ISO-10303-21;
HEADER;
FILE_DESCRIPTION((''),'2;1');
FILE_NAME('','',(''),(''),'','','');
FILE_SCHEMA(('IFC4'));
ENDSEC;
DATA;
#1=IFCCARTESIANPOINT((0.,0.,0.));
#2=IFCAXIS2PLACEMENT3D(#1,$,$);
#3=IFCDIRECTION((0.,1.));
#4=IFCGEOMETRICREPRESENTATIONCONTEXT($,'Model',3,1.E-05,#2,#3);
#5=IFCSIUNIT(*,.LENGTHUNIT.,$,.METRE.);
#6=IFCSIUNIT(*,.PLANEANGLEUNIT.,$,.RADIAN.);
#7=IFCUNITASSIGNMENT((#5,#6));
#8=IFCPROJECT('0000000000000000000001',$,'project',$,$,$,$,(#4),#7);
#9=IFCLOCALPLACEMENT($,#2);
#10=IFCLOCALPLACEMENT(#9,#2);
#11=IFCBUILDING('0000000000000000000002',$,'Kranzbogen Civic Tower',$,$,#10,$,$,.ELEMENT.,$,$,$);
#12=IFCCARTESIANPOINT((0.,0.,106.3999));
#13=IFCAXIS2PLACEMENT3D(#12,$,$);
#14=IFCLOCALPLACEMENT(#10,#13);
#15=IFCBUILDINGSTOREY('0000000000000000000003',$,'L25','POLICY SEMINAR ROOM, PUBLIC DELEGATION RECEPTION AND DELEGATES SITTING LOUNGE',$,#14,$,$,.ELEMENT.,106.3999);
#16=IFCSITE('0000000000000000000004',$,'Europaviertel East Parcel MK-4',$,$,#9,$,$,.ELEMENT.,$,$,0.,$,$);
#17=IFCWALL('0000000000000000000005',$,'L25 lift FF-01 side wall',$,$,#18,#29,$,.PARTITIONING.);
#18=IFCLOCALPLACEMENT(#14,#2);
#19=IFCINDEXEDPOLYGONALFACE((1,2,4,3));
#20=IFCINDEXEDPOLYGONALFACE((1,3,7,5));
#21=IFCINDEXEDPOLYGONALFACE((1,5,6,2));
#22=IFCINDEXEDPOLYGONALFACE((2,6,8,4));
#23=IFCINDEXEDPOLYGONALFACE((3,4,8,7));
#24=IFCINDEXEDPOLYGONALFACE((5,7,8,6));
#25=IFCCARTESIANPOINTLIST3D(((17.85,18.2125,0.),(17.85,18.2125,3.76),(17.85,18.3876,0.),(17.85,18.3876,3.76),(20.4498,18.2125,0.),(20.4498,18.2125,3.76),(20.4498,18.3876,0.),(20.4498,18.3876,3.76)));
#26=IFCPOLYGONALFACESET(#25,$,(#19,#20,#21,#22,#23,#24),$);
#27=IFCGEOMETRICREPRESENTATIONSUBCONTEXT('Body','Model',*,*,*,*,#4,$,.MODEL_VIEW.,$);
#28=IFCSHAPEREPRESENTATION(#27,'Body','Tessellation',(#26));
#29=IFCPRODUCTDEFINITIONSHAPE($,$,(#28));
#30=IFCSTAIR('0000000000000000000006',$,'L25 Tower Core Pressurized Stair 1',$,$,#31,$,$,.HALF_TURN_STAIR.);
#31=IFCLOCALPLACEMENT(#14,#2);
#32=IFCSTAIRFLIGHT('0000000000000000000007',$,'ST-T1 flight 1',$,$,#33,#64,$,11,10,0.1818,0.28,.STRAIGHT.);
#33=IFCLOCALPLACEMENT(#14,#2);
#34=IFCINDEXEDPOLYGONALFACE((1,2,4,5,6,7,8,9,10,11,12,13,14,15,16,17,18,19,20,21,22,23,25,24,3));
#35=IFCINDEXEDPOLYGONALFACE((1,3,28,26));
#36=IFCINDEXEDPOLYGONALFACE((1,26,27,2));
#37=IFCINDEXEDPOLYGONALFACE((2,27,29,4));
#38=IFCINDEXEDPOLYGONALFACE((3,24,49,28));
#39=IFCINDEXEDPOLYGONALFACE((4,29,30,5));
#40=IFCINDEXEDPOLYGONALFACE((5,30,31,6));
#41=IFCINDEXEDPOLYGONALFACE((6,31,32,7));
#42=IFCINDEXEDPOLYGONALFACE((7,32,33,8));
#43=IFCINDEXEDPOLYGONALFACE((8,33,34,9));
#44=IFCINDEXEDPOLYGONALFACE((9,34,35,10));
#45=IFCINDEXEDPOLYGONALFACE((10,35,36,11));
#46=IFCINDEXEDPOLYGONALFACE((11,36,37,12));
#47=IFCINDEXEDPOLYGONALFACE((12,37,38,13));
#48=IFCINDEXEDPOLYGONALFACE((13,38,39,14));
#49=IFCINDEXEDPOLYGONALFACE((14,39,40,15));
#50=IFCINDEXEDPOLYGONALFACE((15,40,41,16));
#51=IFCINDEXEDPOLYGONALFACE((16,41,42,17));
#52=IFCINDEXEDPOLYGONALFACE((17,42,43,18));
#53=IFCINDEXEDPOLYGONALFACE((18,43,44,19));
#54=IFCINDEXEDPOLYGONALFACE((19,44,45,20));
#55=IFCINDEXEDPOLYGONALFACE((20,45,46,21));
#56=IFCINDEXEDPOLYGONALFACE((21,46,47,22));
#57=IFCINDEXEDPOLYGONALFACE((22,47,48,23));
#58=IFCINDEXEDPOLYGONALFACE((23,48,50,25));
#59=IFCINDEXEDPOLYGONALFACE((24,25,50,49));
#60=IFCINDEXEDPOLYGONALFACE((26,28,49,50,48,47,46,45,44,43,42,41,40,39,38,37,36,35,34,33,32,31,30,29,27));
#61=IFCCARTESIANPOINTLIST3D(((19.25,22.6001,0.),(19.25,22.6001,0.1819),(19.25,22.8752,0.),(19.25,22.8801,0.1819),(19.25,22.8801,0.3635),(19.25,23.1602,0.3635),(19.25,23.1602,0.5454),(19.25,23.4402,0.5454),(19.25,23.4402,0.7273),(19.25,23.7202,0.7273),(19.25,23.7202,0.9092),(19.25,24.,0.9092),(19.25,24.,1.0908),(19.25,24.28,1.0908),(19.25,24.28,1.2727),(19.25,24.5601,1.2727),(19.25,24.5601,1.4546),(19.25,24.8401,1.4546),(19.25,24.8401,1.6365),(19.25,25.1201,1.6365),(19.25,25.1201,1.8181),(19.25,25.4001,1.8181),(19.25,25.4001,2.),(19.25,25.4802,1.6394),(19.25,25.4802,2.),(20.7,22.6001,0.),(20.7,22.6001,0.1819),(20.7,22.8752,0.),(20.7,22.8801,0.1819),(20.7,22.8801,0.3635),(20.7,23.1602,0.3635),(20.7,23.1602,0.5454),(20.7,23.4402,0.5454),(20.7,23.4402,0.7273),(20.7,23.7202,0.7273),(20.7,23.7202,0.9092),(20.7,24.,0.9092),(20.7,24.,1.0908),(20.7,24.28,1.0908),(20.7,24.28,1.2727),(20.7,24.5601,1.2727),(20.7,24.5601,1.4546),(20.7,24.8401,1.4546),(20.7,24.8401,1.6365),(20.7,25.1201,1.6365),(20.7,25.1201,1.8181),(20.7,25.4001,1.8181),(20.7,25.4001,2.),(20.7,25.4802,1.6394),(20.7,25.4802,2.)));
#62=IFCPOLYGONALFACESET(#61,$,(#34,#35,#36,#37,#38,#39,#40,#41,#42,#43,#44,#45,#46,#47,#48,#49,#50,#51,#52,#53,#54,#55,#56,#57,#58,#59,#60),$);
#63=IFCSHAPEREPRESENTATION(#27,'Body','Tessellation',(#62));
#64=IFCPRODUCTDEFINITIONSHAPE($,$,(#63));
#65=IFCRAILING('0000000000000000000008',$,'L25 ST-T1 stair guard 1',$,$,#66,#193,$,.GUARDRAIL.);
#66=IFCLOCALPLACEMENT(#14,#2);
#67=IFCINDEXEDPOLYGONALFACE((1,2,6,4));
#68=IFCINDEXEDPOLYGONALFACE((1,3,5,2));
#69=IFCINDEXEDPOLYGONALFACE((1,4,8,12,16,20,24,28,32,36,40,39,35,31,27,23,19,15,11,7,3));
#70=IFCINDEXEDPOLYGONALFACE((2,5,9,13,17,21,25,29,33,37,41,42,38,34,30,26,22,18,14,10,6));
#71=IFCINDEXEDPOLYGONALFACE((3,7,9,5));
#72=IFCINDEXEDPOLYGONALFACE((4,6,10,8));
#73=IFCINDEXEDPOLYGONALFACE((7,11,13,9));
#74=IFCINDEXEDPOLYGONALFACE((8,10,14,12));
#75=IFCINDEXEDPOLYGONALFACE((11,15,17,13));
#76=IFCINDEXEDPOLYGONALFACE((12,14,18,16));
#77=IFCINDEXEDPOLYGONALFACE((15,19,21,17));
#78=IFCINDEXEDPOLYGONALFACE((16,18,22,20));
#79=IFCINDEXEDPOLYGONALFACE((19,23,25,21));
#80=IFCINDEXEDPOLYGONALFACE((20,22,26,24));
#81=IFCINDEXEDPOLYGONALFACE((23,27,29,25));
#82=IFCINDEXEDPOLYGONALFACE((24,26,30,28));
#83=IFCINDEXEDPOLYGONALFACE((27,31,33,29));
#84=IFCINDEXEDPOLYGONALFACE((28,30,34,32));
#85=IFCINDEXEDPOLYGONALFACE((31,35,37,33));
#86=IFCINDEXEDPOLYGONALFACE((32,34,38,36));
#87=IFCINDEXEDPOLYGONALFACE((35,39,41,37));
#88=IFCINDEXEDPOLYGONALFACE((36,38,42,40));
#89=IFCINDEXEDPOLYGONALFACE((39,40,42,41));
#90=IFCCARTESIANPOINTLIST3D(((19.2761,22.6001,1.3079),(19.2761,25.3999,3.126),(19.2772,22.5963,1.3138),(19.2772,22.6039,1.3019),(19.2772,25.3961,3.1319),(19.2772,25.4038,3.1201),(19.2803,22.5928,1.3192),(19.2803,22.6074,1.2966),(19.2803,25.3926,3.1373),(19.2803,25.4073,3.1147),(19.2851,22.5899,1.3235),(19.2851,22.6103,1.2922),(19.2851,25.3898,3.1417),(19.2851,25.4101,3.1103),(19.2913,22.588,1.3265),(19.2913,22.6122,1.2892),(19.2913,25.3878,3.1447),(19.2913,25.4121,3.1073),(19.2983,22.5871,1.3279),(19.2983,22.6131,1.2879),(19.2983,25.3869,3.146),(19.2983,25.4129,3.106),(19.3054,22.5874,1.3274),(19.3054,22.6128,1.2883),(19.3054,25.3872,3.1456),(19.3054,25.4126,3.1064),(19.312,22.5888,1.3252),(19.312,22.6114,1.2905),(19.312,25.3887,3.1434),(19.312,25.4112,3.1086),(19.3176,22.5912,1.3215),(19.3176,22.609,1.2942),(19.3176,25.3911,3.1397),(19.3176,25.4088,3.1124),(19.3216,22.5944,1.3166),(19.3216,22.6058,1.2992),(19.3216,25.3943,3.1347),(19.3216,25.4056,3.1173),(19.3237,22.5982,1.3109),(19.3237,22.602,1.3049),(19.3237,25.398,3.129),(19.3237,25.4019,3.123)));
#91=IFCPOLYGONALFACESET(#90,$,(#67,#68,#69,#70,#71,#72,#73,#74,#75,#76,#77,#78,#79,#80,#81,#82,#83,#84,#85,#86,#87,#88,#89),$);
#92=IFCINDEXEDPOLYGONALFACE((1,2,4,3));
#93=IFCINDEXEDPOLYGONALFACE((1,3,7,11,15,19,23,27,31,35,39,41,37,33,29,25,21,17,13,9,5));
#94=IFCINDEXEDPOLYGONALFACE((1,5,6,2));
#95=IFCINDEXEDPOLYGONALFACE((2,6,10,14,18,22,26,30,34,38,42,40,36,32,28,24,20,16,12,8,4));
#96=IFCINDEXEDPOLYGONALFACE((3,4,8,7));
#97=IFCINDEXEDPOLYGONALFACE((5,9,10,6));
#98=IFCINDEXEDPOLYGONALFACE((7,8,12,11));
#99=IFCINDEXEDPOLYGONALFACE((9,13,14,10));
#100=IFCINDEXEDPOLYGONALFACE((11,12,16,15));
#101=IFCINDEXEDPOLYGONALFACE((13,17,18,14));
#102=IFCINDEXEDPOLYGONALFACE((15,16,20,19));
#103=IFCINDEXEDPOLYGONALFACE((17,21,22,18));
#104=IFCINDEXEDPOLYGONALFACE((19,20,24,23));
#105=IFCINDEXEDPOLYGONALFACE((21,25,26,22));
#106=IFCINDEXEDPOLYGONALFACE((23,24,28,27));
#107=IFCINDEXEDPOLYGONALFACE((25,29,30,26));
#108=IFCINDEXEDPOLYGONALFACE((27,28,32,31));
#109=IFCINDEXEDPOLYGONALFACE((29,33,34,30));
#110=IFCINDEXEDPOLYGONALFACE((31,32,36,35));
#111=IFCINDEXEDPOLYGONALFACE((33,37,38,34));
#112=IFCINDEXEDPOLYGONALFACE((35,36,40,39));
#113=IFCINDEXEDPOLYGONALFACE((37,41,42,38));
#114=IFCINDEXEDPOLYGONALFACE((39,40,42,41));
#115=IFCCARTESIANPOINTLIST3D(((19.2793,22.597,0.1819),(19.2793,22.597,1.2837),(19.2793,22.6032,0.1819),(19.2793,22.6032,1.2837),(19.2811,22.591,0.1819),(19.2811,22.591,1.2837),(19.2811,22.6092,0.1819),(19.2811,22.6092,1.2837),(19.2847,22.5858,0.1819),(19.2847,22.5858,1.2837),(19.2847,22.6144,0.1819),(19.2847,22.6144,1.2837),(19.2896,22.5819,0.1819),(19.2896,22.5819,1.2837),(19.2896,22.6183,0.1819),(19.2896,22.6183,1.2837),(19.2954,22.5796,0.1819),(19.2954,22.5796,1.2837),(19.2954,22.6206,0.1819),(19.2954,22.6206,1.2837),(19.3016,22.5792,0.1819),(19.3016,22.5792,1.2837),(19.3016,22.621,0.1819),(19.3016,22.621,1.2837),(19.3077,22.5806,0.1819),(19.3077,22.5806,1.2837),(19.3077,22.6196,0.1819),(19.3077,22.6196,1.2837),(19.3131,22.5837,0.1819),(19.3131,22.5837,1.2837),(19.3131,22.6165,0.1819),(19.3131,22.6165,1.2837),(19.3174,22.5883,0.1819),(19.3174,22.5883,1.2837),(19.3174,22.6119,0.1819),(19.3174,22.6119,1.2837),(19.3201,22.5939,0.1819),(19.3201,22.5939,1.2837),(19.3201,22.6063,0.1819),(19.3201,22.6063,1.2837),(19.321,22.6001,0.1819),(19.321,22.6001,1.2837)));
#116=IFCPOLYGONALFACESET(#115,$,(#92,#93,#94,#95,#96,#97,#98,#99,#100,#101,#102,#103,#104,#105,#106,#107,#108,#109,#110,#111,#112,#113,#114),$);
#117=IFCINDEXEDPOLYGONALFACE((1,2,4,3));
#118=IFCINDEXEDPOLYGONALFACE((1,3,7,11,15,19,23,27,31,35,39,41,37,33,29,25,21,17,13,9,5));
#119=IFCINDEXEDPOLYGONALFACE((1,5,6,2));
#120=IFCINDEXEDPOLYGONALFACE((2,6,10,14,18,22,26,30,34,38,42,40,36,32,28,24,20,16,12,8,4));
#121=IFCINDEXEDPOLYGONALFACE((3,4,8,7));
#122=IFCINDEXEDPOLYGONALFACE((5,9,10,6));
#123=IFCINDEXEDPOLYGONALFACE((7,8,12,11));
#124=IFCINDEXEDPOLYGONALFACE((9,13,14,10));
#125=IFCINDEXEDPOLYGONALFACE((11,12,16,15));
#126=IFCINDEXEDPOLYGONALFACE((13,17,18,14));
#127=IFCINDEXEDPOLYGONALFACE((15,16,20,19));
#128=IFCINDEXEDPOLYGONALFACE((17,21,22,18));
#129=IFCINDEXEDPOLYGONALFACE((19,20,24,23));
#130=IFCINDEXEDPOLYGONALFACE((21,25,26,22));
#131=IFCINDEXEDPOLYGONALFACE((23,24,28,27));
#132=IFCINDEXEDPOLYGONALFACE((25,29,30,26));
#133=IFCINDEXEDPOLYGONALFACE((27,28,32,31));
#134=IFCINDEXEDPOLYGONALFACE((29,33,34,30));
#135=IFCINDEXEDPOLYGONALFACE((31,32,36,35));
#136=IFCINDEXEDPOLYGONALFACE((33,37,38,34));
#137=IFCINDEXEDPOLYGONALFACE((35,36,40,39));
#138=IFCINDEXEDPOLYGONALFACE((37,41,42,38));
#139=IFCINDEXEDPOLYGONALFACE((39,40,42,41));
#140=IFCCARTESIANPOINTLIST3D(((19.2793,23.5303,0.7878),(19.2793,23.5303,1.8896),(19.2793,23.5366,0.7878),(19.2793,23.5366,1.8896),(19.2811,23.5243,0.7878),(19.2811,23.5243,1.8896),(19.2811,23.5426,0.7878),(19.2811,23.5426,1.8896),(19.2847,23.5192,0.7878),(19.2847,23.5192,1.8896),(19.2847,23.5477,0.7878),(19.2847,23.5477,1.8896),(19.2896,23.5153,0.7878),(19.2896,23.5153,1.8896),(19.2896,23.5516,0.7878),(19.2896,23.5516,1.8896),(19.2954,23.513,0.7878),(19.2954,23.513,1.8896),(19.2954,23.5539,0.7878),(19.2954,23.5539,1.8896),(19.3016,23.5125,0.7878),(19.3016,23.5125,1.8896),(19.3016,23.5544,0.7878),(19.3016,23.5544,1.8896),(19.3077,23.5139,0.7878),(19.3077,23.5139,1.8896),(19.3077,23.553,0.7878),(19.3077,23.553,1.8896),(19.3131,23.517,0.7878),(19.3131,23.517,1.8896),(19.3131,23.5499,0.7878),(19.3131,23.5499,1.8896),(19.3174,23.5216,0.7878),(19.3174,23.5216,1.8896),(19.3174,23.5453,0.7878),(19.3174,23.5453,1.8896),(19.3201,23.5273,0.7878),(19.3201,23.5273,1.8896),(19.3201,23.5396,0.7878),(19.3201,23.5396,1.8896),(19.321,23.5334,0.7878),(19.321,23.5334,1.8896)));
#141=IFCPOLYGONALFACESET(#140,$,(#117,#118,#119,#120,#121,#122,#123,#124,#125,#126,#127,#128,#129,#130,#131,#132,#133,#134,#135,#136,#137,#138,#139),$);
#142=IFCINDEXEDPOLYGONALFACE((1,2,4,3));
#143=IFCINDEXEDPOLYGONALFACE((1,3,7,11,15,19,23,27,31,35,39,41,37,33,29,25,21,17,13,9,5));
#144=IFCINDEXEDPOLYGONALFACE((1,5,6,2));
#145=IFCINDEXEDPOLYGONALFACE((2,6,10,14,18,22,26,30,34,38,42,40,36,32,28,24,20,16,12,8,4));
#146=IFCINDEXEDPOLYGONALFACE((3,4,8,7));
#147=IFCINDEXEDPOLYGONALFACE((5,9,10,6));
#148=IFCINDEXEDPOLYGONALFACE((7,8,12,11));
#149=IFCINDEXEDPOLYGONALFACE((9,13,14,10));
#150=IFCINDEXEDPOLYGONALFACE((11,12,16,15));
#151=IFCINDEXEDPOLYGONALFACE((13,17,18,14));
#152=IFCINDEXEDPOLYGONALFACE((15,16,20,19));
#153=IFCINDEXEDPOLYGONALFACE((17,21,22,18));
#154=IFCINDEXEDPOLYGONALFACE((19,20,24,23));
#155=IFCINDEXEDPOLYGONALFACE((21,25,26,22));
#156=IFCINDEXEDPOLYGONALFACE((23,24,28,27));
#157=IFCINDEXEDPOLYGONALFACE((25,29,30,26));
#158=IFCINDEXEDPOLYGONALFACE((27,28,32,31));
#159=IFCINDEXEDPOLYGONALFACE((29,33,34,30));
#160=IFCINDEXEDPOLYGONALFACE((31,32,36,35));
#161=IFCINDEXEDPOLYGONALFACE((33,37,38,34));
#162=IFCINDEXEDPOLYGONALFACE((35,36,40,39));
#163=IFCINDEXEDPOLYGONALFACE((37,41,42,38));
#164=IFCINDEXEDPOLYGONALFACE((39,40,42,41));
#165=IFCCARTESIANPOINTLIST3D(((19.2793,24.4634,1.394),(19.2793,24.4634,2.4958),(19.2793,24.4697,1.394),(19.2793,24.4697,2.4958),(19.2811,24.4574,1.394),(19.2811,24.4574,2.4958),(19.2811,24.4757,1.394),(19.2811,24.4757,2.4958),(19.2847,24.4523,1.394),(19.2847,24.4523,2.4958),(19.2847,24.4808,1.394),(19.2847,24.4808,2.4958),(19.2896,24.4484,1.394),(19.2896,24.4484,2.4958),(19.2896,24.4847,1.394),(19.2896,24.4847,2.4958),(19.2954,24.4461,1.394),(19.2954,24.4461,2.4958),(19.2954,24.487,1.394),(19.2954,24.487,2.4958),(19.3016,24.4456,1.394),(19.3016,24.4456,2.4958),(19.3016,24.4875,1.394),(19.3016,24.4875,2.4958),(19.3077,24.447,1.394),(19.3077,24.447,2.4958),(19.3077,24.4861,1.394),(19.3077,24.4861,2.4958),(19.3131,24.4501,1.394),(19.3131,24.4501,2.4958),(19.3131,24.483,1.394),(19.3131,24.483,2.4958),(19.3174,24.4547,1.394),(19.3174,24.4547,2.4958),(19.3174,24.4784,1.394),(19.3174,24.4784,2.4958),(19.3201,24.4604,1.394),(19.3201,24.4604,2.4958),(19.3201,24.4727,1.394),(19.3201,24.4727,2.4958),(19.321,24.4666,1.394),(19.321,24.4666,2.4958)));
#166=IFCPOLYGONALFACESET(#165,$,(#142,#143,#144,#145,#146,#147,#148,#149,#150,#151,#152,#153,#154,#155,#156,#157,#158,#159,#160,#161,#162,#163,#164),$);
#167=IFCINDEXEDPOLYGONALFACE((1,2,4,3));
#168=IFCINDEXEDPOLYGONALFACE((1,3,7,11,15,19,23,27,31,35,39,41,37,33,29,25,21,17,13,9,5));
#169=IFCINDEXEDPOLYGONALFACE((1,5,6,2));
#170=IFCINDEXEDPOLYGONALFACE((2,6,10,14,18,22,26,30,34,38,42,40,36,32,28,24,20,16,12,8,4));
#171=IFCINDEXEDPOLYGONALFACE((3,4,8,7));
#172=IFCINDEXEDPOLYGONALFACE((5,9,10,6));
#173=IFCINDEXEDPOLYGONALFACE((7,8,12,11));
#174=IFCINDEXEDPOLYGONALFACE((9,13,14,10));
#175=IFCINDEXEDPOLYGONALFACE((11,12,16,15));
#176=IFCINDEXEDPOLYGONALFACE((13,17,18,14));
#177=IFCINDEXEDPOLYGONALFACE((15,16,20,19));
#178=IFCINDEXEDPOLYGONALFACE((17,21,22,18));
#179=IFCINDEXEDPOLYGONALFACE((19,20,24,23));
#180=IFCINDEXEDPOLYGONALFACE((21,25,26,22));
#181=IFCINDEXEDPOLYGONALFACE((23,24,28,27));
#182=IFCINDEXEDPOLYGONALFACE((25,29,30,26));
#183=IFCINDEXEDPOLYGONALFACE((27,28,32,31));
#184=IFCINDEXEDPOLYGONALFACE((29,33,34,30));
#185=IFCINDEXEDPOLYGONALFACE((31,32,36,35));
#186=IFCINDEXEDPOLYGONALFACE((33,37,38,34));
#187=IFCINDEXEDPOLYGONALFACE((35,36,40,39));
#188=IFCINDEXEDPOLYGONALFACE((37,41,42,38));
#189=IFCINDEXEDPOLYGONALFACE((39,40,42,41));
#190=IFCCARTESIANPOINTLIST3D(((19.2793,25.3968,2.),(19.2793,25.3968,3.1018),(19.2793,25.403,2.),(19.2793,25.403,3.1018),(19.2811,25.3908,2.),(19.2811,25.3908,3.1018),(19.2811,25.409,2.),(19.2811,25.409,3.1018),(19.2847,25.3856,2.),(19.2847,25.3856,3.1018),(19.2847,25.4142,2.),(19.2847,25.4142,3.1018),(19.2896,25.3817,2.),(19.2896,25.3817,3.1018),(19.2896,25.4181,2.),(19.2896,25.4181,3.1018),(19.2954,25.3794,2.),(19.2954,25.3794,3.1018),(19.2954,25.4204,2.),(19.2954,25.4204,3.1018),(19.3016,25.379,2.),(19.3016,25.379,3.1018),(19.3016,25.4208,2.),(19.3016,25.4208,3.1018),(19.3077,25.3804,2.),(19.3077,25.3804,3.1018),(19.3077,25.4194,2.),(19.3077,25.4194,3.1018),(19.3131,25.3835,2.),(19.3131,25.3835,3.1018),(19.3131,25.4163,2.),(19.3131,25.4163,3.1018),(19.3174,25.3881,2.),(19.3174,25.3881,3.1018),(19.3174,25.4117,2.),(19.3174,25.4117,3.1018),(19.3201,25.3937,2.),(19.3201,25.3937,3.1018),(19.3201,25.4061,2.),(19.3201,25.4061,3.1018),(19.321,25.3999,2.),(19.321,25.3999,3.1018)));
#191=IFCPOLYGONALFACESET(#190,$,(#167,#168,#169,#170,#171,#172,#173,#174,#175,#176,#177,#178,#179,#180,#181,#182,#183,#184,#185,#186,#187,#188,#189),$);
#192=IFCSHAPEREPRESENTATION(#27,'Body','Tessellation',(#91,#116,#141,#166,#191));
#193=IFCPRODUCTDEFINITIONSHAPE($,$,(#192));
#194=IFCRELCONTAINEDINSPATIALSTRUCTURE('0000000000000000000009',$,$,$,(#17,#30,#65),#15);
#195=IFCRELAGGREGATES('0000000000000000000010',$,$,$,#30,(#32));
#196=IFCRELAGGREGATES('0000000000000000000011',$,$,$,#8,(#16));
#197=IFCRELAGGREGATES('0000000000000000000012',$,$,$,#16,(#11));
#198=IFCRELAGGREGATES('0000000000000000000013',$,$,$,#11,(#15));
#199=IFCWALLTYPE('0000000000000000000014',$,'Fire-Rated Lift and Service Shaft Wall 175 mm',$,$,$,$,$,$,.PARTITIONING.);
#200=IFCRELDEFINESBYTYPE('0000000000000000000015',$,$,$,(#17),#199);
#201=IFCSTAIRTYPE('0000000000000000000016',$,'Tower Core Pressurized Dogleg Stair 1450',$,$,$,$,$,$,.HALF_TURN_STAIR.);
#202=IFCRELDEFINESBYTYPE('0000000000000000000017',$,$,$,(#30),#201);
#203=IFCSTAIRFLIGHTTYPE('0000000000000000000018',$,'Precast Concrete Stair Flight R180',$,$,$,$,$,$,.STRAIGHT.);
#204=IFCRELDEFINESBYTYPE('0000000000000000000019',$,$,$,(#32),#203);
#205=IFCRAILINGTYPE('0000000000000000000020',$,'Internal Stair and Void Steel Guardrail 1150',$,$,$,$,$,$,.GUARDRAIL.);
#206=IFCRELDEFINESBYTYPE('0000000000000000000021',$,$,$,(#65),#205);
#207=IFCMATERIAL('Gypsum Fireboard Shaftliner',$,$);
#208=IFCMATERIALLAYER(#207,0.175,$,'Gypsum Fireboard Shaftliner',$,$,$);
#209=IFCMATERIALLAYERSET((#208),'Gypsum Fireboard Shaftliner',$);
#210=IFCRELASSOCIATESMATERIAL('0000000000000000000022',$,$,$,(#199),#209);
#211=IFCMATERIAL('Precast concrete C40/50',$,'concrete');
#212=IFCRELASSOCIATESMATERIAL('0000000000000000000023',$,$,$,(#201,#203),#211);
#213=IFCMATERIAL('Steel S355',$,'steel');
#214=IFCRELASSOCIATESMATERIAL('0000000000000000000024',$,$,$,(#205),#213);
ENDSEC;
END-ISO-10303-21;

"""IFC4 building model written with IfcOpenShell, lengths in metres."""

from ifc_helpers import new_model, si_unit, direction, frame, frame_2d, origin, origin_2d, place, context, subcontext, project, spatial, polyline, rectangle, circle, outline, extrude, material, layer, layer_set, type_object, element, aggregate, save


model = new_model("IFC4")

# Units and contexts
model_context = context("Model", 3, precision=1e-05, world=origin(), true_north=direction((0.0, 1.0)))
body_context = subcontext(model_context, "Body", "Model", "MODEL_VIEW")
ifc_project = project(units=[si_unit("LENGTHUNIT", "METRE"), si_unit("PLANEANGLEUNIT", "RADIAN")], contexts=[model_context])

# Site, building, storey
site_placement = place(None, origin())
site = spatial("IfcSite", under=ifc_project, at=site_placement, Name="Europaviertel East Parcel MK-4", CompositionType="ELEMENT", RefElevation=0.0)
building_placement = place(site_placement, origin())
building = spatial("IfcBuilding", under=site, at=building_placement, Name="Kranzbogen Civic Tower", CompositionType="ELEMENT")
storey_placement = place(building_placement, frame((0.0, 0.0, 106.3999)))
storey = spatial("IfcBuildingStorey", under=building, at=storey_placement, Name="L25", Description="POLICY SEMINAR ROOM, PUBLIC DELEGATION RECEPTION AND DELEGATES SITTING LOUNGE", CompositionType="ELEMENT", Elevation=106.3999)

# Shared definitions
ifc_material_1 = material(Name="Steel S355", Category="steel")

# Shared definitions
ifc_material_2 = material(Name="Gypsum Fireboard Shaftliner")
ifc_layer_1 = layer(ifc_material_2, 0.175, Name="Gypsum Fireboard Shaftliner")
ifc_layer_set_1 = layer_set([ifc_layer_1], Name="Gypsum Fireboard Shaftliner")
wall_type_1 = type_object("IfcWallType", Name="Fire-Rated Lift and Service Shaft Wall 175 mm", PredefinedType="PARTITIONING", material=ifc_layer_set_1)

# Wall
wall_1_placement = place(storey_placement, frame((17.8501, 18.3, 0.0), z_axis=(0.0, 0.0, 1.0), x_axis=(1.0, 0.0, 0.0)))
element("IfcWall", 1, at=wall_1_placement, inside=storey, type_object=wall_type_1, Name="L25 lift FF-01 side wall", PredefinedType="PARTITIONING", context=body_context, shape_type="SweptSolid", body=[
    extrude(rectangle(XDim=2.5999, YDim=0.175, at=frame_2d((1.2998, 0.0))), origin(), (0.0, 0.0, 1.0), 3.76),
])

# Stair, stair flight
ifc_material_3 = material(Name="Precast concrete C40/50", Category="concrete")
stair_type = type_object("IfcStairType", Name="Tower Core Pressurized Dogleg Stair 1450", PredefinedType="HALF_TURN_STAIR", material=ifc_material_3)
stair_placement = place(storey_placement, origin())
stair = element("IfcStair", 2, at=stair_placement, inside=storey, type_object=stair_type, Name="L25 Tower Core Pressurized Stair 1", PredefinedType="HALF_TURN_STAIR")
stair_flight_type = type_object("IfcStairFlightType", Name="Precast Concrete Stair Flight R180", PredefinedType="STRAIGHT", material=ifc_material_3)
stair_flight_placement = place(storey_placement, frame((19.9751, 22.6001, 0.0), z_axis=(0.0, 0.0, 1.0), x_axis=(0.0, 1.0, 0.0)))
stair_flight = element("IfcStairFlight", 3, at=stair_flight_placement, type_object=stair_flight_type, Name="ST-T1 flight 1", NumberOfRisers=11, NumberOfTreads=10, PredefinedType="STRAIGHT", RiserHeight=0.1818, TreadLength=0.28, context=body_context, shape_type="SweptSolid", body=[
    extrude(outline(polyline([(0.0, 0.0), (0.0, 0.1819), (0.28, 0.1819), (0.28, 0.3635), (0.5601, 0.3635), (0.5601, 0.5454), (0.8401, 0.5454), (0.8401, 0.7273), (1.1201, 0.7273), (1.1201, 0.9092), (1.3999, 0.9092), (1.3999, 1.0908), (1.6799, 1.0908), (1.6799, 1.2727), (1.96, 1.2727), (1.96, 1.4546), (2.24, 1.4546), (2.24, 1.6365), (2.52, 1.6365), (2.52, 1.8181), (2.8, 1.8181), (2.8, 2.0), (2.8801, 2.0), (2.8801, 1.6394), (0.2751, 0.0), (0.0, 0.0)])), frame((0.0, 0.7251, 0.0), z_axis=(0.0, -1.0, 0.0), x_axis=(1.0, 0.0, 0.0)), (0.0, 0.0, 1.0), 1.45),
])
aggregate(stair, [stair_flight])

# Railing
railing_type_1 = type_object("IfcRailingType", Name="Internal Stair and Void Steel Guardrail 1150", PredefinedType="GUARDRAIL", material=ifc_material_1)
railing_1_placement = place(storey_placement, frame((19.3, 22.6001, 0.1819)))
element("IfcRailing", 4, at=railing_1_placement, inside=storey, type_object=railing_type_1, Name="L25 ST-T1 stair guard 1", PredefinedType="GUARDRAIL", context=body_context, shape_type="SweptSolid", body=[
    extrude(circle(Radius=0.0239, at=origin_2d()), frame((0.0, 0.0, 1.126), z_axis=(0.0, 0.838684, 0.544618), x_axis=(-1.0, 0.0, 0.0)), (0.0, 0.0, 1.0), 3.3384),
    extrude(circle(Radius=0.021, at=origin_2d()), origin(), (0.0, 0.0, 1.0), 1.1018),
    extrude(circle(Radius=0.021, at=origin_2d()), frame((0.0, 0.9333, 0.606)), (0.0, 0.0, 1.0), 1.1018),
    extrude(circle(Radius=0.021, at=origin_2d()), frame((0.0, 1.8665, 1.2122)), (0.0, 0.0, 1.0), 1.1018),
    extrude(circle(Radius=0.021, at=origin_2d()), frame((0.0, 2.7998, 1.8181)), (0.0, 0.0, 1.0), 1.1018),
])

save(model, "model.ifc")
